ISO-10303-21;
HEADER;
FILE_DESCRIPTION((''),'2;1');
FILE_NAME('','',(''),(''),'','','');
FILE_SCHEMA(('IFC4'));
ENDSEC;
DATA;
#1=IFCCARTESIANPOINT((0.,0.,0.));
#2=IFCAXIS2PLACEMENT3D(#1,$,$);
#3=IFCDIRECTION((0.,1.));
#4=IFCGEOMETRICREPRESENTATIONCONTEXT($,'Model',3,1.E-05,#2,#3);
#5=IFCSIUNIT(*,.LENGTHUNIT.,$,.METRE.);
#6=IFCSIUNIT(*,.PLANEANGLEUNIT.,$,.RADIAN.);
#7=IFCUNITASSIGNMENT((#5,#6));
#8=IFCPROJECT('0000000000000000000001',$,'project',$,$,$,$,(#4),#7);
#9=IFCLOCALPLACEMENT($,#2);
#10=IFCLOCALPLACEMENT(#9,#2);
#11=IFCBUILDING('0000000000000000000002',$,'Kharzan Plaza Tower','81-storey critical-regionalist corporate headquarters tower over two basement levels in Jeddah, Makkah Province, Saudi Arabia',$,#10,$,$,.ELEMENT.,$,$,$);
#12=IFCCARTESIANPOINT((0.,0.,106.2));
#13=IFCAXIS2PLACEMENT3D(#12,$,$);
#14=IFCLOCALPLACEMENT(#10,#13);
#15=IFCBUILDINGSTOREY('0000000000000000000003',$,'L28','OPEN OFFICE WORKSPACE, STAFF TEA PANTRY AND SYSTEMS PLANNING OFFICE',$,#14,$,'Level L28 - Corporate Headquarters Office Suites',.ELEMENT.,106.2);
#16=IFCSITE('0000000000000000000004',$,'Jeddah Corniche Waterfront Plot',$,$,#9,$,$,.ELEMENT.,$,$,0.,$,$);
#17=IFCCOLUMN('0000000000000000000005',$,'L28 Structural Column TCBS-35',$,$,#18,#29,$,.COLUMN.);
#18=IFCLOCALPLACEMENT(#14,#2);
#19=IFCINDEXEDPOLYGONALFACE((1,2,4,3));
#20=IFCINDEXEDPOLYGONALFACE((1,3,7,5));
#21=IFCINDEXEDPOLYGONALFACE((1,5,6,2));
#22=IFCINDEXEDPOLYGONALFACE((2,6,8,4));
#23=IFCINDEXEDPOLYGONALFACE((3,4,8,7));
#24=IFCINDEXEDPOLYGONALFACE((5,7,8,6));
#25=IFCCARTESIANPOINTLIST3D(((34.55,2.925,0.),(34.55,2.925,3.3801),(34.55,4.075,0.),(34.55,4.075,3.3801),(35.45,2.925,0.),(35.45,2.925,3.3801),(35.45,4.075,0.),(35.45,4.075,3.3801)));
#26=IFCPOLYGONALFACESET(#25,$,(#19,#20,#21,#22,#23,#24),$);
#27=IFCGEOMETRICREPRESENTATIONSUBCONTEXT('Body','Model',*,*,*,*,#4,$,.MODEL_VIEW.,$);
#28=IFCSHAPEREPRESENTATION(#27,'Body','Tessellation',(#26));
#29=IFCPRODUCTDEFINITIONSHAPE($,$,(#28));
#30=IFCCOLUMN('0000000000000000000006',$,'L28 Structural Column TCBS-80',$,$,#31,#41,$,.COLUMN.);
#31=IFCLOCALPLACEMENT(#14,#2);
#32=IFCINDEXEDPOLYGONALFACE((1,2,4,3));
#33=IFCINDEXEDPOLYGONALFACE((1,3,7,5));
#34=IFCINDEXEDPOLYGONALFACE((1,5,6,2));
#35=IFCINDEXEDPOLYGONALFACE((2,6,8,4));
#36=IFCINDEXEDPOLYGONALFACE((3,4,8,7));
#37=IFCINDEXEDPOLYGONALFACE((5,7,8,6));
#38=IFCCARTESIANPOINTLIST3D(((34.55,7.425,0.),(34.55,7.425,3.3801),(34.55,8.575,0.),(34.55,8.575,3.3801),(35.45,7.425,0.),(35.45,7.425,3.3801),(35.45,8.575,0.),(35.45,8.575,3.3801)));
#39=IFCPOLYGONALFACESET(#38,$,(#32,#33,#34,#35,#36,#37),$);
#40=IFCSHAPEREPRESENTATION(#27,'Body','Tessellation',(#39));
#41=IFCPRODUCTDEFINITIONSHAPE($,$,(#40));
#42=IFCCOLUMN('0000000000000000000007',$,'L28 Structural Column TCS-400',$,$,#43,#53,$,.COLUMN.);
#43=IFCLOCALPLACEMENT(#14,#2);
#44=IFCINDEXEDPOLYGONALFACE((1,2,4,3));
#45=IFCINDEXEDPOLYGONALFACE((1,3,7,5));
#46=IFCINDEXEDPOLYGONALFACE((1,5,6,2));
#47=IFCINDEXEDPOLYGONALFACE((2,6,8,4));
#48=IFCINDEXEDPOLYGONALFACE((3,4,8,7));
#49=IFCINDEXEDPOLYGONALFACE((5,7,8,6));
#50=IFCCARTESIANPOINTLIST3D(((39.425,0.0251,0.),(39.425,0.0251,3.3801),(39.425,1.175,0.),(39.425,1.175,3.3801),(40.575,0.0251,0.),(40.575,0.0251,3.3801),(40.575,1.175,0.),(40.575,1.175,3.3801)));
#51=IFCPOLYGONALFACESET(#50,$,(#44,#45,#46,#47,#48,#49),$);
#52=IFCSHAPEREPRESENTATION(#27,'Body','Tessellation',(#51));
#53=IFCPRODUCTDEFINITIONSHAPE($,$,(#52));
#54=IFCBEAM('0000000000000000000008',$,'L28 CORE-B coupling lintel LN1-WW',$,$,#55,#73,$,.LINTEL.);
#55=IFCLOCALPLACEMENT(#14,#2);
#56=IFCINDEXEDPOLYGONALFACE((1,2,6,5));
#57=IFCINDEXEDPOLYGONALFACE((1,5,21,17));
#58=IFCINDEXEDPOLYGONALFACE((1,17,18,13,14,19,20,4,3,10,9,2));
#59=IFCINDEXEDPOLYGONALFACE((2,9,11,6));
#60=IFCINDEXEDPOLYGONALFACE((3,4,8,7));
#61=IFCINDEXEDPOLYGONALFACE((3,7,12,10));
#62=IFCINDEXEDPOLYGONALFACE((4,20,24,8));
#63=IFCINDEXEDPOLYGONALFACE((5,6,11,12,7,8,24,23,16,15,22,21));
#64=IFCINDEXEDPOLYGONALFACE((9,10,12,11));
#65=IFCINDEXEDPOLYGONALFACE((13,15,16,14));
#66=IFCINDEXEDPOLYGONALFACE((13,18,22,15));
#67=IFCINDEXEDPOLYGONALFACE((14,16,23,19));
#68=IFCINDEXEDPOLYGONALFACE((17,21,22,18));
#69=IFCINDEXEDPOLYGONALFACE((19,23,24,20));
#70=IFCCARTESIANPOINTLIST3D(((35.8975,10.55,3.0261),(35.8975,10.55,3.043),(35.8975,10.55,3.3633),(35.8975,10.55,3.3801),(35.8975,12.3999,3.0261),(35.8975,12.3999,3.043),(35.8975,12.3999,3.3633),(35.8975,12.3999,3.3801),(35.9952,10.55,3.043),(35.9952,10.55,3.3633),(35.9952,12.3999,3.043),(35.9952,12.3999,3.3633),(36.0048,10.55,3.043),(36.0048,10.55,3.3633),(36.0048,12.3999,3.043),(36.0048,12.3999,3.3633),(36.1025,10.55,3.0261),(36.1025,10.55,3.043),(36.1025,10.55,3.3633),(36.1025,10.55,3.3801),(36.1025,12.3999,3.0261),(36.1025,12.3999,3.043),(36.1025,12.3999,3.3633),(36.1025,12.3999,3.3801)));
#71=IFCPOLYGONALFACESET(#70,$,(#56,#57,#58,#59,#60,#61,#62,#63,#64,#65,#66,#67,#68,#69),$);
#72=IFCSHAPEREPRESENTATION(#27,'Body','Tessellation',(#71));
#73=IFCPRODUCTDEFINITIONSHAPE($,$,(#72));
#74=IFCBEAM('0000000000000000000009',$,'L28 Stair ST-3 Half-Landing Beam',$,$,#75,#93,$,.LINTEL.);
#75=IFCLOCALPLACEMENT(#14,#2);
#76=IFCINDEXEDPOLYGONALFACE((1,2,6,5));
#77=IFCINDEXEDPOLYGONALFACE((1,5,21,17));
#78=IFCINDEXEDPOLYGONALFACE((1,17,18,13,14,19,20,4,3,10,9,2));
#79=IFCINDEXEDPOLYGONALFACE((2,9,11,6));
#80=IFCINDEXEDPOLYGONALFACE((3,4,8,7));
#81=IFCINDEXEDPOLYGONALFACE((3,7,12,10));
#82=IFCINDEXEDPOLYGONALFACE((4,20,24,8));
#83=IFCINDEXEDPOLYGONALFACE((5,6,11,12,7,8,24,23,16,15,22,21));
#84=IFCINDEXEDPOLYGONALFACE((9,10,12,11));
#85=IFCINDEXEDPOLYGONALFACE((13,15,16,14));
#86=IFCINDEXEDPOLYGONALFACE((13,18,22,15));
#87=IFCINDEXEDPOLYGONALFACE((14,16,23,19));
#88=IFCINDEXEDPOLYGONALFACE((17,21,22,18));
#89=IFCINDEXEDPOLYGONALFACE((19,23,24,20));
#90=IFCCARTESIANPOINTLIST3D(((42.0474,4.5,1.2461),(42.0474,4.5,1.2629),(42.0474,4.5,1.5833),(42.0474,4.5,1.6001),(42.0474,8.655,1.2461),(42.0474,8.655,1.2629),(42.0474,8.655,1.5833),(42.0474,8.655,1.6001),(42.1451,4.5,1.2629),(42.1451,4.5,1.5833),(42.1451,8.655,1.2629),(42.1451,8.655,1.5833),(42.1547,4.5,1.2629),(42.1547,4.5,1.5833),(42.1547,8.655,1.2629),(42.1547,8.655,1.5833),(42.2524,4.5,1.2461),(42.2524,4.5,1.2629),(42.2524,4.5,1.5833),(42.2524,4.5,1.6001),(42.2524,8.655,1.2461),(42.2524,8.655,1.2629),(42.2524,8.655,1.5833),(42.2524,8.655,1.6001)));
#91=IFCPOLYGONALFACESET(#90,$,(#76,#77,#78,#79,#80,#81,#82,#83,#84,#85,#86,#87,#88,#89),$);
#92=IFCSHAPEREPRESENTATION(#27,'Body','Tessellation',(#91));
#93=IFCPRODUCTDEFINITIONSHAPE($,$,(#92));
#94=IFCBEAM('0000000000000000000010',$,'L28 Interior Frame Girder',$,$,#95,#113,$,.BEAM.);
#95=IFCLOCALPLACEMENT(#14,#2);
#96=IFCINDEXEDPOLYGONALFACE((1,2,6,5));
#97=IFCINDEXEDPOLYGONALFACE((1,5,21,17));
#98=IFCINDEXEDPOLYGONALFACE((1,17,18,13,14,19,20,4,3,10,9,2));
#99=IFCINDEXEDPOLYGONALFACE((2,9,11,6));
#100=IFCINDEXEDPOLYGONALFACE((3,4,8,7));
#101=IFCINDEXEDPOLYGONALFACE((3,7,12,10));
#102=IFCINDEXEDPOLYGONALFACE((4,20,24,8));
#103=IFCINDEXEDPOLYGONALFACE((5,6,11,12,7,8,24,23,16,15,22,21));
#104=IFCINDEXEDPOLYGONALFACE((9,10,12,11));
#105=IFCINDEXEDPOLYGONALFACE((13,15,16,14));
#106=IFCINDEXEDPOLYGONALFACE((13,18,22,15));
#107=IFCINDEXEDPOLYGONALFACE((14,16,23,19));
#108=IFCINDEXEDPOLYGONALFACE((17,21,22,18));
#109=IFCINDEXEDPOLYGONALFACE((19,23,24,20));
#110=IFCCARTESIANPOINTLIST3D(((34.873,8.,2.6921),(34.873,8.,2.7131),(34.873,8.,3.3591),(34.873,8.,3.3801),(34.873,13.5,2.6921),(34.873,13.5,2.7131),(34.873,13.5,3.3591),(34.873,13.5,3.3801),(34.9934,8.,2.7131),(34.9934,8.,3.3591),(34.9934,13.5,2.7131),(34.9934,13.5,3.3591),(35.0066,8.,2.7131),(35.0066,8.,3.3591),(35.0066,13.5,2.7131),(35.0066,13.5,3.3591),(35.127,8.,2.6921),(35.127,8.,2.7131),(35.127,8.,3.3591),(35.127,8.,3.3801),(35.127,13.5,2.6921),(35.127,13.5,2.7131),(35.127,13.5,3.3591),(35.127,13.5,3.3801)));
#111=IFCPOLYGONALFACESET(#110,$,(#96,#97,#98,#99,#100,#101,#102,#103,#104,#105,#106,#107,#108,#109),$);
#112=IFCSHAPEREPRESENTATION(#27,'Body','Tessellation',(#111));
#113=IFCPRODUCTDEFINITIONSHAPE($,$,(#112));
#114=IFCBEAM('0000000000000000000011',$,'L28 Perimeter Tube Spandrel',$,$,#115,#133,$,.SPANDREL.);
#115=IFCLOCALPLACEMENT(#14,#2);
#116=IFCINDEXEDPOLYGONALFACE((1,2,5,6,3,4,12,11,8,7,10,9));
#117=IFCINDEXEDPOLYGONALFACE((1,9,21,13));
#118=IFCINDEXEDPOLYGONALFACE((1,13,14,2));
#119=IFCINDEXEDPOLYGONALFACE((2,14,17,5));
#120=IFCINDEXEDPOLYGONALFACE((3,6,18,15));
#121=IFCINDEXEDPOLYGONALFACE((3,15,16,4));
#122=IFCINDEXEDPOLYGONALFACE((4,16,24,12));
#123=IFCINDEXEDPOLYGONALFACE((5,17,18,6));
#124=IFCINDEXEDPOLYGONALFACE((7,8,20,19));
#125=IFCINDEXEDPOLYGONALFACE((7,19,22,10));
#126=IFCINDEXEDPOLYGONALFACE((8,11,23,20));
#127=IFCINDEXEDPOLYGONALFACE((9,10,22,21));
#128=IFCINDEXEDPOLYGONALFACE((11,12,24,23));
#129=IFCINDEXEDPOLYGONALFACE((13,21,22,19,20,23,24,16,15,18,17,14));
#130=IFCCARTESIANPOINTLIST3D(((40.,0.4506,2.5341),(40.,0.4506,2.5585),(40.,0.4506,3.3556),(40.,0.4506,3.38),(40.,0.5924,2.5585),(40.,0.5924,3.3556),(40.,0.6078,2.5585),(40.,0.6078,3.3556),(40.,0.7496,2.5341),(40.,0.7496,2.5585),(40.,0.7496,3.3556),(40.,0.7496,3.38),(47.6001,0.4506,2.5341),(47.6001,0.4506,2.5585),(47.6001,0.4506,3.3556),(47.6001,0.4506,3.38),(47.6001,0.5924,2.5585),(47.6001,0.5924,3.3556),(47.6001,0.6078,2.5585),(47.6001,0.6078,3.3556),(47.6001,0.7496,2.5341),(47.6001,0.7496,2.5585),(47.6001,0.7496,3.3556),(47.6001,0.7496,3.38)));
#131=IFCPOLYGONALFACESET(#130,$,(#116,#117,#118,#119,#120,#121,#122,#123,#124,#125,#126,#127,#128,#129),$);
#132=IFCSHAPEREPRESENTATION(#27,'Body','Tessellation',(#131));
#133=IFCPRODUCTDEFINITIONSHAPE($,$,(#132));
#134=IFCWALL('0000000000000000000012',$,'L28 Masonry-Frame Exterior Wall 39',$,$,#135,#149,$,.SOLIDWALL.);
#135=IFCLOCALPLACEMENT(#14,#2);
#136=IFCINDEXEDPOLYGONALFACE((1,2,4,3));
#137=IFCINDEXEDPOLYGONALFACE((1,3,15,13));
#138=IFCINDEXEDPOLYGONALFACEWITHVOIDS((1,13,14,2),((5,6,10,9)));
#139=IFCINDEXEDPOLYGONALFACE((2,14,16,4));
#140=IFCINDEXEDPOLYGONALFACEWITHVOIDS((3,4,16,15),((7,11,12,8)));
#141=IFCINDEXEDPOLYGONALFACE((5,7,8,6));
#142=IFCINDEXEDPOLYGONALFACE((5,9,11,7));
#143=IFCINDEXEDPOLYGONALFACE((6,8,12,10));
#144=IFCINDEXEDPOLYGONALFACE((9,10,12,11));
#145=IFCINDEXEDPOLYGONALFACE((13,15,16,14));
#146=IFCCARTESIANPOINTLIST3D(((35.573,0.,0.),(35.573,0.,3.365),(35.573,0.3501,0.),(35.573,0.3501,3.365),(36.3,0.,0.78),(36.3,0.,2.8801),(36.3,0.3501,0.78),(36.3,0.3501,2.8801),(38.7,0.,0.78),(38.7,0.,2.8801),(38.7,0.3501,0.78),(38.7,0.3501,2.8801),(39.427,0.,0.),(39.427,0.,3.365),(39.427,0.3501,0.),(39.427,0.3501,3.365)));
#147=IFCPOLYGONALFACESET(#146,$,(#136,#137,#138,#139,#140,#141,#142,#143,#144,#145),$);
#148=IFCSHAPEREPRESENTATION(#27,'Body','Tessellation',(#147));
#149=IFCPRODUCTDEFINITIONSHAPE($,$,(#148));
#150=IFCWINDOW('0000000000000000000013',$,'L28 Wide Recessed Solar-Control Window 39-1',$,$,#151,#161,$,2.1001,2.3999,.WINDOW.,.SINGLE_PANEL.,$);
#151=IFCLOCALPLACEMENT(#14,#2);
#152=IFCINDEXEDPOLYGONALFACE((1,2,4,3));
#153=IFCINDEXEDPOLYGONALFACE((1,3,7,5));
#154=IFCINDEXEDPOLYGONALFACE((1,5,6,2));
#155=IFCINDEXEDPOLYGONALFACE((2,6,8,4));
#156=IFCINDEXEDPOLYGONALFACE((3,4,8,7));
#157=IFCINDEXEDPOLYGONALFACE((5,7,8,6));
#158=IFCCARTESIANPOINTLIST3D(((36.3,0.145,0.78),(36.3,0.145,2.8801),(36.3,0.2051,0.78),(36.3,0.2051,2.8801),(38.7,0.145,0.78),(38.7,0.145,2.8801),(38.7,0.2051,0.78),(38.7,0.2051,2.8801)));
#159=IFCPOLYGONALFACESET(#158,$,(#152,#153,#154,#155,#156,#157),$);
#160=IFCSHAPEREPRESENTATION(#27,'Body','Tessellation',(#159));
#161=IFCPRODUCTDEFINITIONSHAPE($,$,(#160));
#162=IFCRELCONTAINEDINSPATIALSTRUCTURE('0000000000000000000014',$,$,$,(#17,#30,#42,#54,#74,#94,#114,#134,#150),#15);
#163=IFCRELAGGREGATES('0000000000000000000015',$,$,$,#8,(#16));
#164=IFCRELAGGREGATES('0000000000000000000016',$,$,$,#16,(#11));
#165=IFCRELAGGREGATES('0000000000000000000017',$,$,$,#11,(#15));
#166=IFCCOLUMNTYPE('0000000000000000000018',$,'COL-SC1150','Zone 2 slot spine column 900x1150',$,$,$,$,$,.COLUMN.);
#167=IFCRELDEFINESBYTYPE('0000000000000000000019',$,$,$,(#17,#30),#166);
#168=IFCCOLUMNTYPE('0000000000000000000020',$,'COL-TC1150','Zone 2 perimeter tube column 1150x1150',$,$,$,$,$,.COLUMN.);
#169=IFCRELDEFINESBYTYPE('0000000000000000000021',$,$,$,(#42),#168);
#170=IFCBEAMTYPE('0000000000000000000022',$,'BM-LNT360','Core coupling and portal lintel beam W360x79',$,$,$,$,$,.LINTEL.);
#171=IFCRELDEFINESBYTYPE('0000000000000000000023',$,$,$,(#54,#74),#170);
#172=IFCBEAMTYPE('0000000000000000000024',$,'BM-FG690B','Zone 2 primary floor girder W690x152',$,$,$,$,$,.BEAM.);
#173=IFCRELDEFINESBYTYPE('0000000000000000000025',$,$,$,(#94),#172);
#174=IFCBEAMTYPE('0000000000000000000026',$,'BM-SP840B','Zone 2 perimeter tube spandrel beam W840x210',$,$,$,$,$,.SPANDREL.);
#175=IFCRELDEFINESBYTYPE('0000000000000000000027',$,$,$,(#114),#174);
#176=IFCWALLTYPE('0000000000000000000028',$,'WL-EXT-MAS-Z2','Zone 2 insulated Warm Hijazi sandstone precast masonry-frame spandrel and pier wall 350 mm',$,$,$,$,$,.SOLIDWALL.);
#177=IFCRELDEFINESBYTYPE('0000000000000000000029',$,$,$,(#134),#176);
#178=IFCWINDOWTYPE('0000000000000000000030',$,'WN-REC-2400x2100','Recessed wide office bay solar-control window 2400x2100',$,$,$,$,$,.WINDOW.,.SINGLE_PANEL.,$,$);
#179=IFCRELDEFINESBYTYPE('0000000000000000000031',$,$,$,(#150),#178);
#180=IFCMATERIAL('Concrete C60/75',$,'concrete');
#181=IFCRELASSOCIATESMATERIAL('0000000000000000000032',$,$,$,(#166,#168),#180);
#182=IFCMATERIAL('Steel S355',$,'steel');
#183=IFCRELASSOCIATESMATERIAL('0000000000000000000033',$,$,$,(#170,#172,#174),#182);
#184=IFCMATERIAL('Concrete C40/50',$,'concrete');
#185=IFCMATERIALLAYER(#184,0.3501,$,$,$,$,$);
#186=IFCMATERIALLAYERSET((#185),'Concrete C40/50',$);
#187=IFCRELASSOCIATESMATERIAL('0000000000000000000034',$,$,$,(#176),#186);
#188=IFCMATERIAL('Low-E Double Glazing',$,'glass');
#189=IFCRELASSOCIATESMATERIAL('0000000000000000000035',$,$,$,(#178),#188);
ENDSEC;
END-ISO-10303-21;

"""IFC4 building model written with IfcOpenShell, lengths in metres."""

from ifc_helpers import new_model, si_unit, direction, frame, frame_2d, origin, origin_2d, place, context, subcontext, project, spatial, rectangle, i_section, extrude, source, transform, mapped, material, layer, layer_set, material_profile, profile_set, type_object, element, fill, save


model = new_model("IFC4")

# Units and contexts
model_context = context("Model", 3, precision=1e-05, world=origin(), true_north=direction((0.0, 1.0)))
body_context = subcontext(model_context, "Body", "Model", "MODEL_VIEW")
ifc_project = project(units=[si_unit("LENGTHUNIT", "METRE"), si_unit("PLANEANGLEUNIT", "RADIAN")], contexts=[model_context])

# Site, building, storey
site_placement = place(None, origin())
site = spatial("IfcSite", under=ifc_project, at=site_placement, Name="Jeddah Corniche Waterfront Plot", CompositionType="ELEMENT", RefElevation=0.0)
building_placement = place(site_placement, origin())
building = spatial("IfcBuilding", under=site, at=building_placement, Name="Kharzan Plaza Tower", Description="81-storey critical-regionalist corporate headquarters tower over two basement levels in Jeddah, Makkah Province, Saudi Arabia", CompositionType="ELEMENT")
storey_placement = place(building_placement, frame((0.0, 0.0, 106.2)))
storey = spatial("IfcBuildingStorey", under=building, at=storey_placement, Name="L28", Description="OPEN OFFICE WORKSPACE, STAFF TEA PANTRY AND SYSTEMS PLANNING OFFICE", LongName="Level L28 - Corporate Headquarters Office Suites", CompositionType="ELEMENT", Elevation=106.2)

# Columns
ifc_material_1 = material(Name="Concrete C60/75", Category="concrete")
ifc_material_profile_1 = material_profile(ifc_material_1, rectangle(XDim=0.8999, YDim=1.1499, at=origin_2d()), Name="RC-SC1150x900")
ifc_profile_set_1 = profile_set([ifc_material_profile_1], Name="Concrete C60/75")
column_type_1 = type_object("IfcColumnType", Name="COL-SC1150", Description="Zone 2 slot spine column 900x1150", PredefinedType="COLUMN", material=ifc_profile_set_1)
shared_shape_1 = source(origin(), body_context, "Body", "SweptSolid", [
    extrude(rectangle(XDim=0.8999, YDim=1.1499, at=origin_2d()), origin(), (0.0, 0.0, 1.0), 3.3801),
])
for number, where, z_axis, x_axis, name in (
    (1, (35.0, 3.5, 0.0), (0.0, 0.0, 1.0), (1.0, 0.0, 0.0), "L28 Structural Column TCBS-35"),
    (2, (35.0, 8.0, 0.0), (0.0, 0.0, 1.0), (1.0, 0.0, 0.0), "L28 Structural Column TCBS-80"),
):
    element("IfcColumn", number, at=place(storey_placement, frame(where, z_axis=z_axis, x_axis=x_axis)), inside=storey, type_object=column_type_1, Name=name, PredefinedType="COLUMN", context=body_context, shape_type="MappedRepresentation", body=[
        mapped(shared_shape_1, transform((0.0, 0.0, 0.0), x_axis=(1.0, 0.0, 0.0), y_axis=(0.0, 1.0, 0.0), z_axis=(0.0, 0.0, 1.0))),
    ])
ifc_material_profile_2 = material_profile(ifc_material_1, rectangle(XDim=1.1499, YDim=1.1499, at=origin_2d()), Name="RC-TC1150x1150")
ifc_profile_set_2 = profile_set([ifc_material_profile_2], Name="Concrete C60/75")
column_type_2 = type_object("IfcColumnType", Name="COL-TC1150", Description="Zone 2 perimeter tube column 1150x1150", PredefinedType="COLUMN", material=ifc_profile_set_2)
shared_shape_2 = source(origin(), body_context, "Body", "SweptSolid", [
    extrude(rectangle(XDim=1.1499, YDim=1.1499, at=origin_2d()), origin(), (0.0, 0.0, 1.0), 3.3801),
])
column_placement = place(storey_placement, frame((40.0, 0.6001, 0.0), z_axis=(0.0, 0.0, 1.0), x_axis=(1.0, 0.0, 0.0)))
element("IfcColumn", 3, at=column_placement, inside=storey, type_object=column_type_2, Name="L28 Structural Column TCS-400", PredefinedType="COLUMN", context=body_context, shape_type="MappedRepresentation", body=[
    mapped(shared_shape_2, transform((0.0, 0.0, 0.0), x_axis=(1.0, 0.0, 0.0), y_axis=(0.0, 1.0, 0.0), z_axis=(0.0, 0.0, 1.0))),
])

# Beams
ifc_material_2 = material(Name="Steel S355", Category="steel")
ifc_material_profile_3 = material_profile(ifc_material_2, i_section(OverallWidth=0.2051, OverallDepth=0.354, WebThickness=0.0095, FlangeThickness=0.0168, at=origin_2d()), Name="W360x79")
ifc_profile_set_3 = profile_set([ifc_material_profile_3], Name="Steel S355")
beam_type_1 = type_object("IfcBeamType", Name="BM-LNT360", Description="Core coupling and portal lintel beam W360x79", PredefinedType="LINTEL", material=ifc_profile_set_3)
shared_shape_3 = source(origin(), body_context, "Body", "SweptSolid", [
    extrude(i_section(OverallWidth=0.2051, OverallDepth=0.354, WebThickness=0.0095, FlangeThickness=0.0168, at=origin_2d()), origin(), (0.0, 0.0, 1.0), 1.8499),
])
beam_1_placement = place(storey_placement, frame((36.0, 10.55, 3.2031), z_axis=(0.0, 1.0, 0.0), x_axis=(-1.0, 0.0, 0.0)))
element("IfcBeam", 4, at=beam_1_placement, inside=storey, type_object=beam_type_1, Name="L28 CORE-B coupling lintel LN1-WW", PredefinedType="LINTEL", context=body_context, shape_type="MappedRepresentation", body=[
    mapped(shared_shape_3, transform((0.0, 0.0, 0.0), x_axis=(1.0, 0.0, 0.0), y_axis=(0.0, 1.0, 0.0), z_axis=(0.0, 0.0, 1.0))),
])
shared_shape_4 = source(origin(), body_context, "Body", "SweptSolid", [
    extrude(i_section(OverallWidth=0.2051, OverallDepth=0.354, WebThickness=0.0095, FlangeThickness=0.0168, at=origin_2d()), origin(), (0.0, 0.0, 1.0), 4.155),
])
beam_2_placement = place(storey_placement, frame((42.1499, 4.5, 1.4231), z_axis=(0.0, 1.0, 0.0), x_axis=(-1.0, 0.0, 0.0)))
element("IfcBeam", 5, at=beam_2_placement, inside=storey, type_object=beam_type_1, Name="L28 Stair ST-3 Half-Landing Beam", PredefinedType="LINTEL", context=body_context, shape_type="MappedRepresentation", body=[
    mapped(shared_shape_4, transform((0.0, 0.0, 0.0), x_axis=(1.0, 0.0, 0.0), y_axis=(0.0, 1.0, 0.0), z_axis=(0.0, 0.0, 1.0))),
])
ifc_material_profile_4 = material_profile(ifc_material_2, i_section(OverallWidth=0.2539, OverallDepth=0.688, WebThickness=0.0132, FlangeThickness=0.021, at=origin_2d()), Name="W690x152")
ifc_profile_set_4 = profile_set([ifc_material_profile_4], Name="Steel S355")
beam_type_2 = type_object("IfcBeamType", Name="BM-FG690B", Description="Zone 2 primary floor girder W690x152", PredefinedType="BEAM", material=ifc_profile_set_4)
shared_shape_5 = source(origin(), body_context, "Body", "SweptSolid", [
    extrude(i_section(OverallWidth=0.2539, OverallDepth=0.688, WebThickness=0.0132, FlangeThickness=0.021, at=origin_2d()), origin(), (0.0, 0.0, 1.0), 5.5),
])
beam_3_placement = place(storey_placement, frame((35.0, 8.0, 3.0361), z_axis=(0.0, 1.0, 0.0), x_axis=(-1.0, 0.0, 0.0)))
element("IfcBeam", 6, at=beam_3_placement, inside=storey, type_object=beam_type_2, Name="L28 Interior Frame Girder", PredefinedType="BEAM", context=body_context, shape_type="MappedRepresentation", body=[
    mapped(shared_shape_5, transform((0.0, 0.0, 0.0), x_axis=(1.0, 0.0, 0.0), y_axis=(0.0, 1.0, 0.0), z_axis=(0.0, 0.0, 1.0))),
])
ifc_material_profile_5 = material_profile(ifc_material_2, i_section(OverallWidth=0.2991, OverallDepth=0.8459, WebThickness=0.0154, FlangeThickness=0.0244, at=origin_2d()), Name="W840x210")
ifc_profile_set_5 = profile_set([ifc_material_profile_5], Name="Steel S355")
beam_type_3 = type_object("IfcBeamType", Name="BM-SP840B", Description="Zone 2 perimeter tube spandrel beam W840x210", PredefinedType="SPANDREL", material=ifc_profile_set_5)
shared_shape_6 = source(origin(), body_context, "Body", "SweptSolid", [
    extrude(i_section(OverallWidth=0.2991, OverallDepth=0.8459, WebThickness=0.0154, FlangeThickness=0.0244, at=origin_2d()), origin(), (0.0, 0.0, 1.0), 7.6001),
])
beam_4_placement = place(storey_placement, frame((40.0, 0.6001, 2.957), z_axis=(1.0, 0.0, 0.0), x_axis=(0.0, 1.0, 0.0)))
element("IfcBeam", 7, at=beam_4_placement, inside=storey, type_object=beam_type_3, Name="L28 Perimeter Tube Spandrel", PredefinedType="SPANDREL", context=body_context, shape_type="MappedRepresentation", body=[
    mapped(shared_shape_6, transform((0.0, 0.0, 0.0), x_axis=(1.0, 0.0, 0.0), y_axis=(0.0, 1.0, 0.0), z_axis=(0.0, 0.0, 1.0))),
])

# Wall, opening, window
ifc_material_3 = material(Name="Concrete C40/50", Category="concrete")
ifc_layer_1 = layer(ifc_material_3, 0.3501)
ifc_layer_set_1 = layer_set([ifc_layer_1], Name="Concrete C40/50")
wall_type_1 = type_object("IfcWallType", Name="WL-EXT-MAS-Z2", Description="Zone 2 insulated Warm Hijazi sandstone precast masonry-frame spandrel and pier wall 350 mm", PredefinedType="SOLIDWALL", material=ifc_layer_set_1)
wall_1_placement = place(storey_placement, frame((35.573, 0.175, 0.0), z_axis=(0.0, 0.0, 1.0), x_axis=(1.0, 0.0, 0.0)))
wall_1 = element("IfcWall", 8, at=wall_1_placement, inside=storey, type_object=wall_type_1, Name="L28 Masonry-Frame Exterior Wall 39", PredefinedType="SOLIDWALL", context=body_context, shape_type="SweptSolid", body=[
    extrude(rectangle(XDim=3.854, YDim=0.3501, at=frame_2d((1.927, 0.0))), origin(), (0.0, 0.0, 1.0), 3.365),
])
opening_1_placement = place(wall_1_placement, frame((0.7271, 0.0, 0.78)))
opening_1 = element("IfcOpeningElement", 9, at=opening_1_placement, cuts=wall_1, PredefinedType="OPENING", context=body_context, shape_type="SweptSolid", body=[
    extrude(rectangle(XDim=2.3999, YDim=2.1001, at=frame_2d((1.2, 1.05))), frame((0.0, 0.1851, 0.0), z_axis=(0.0, -1.0, 0.0), x_axis=(1.0, 0.0, 0.0)), (0.0, 0.0, 1.0), 0.3701),
])
ifc_material_4 = material(Name="Low-E Double Glazing", Category="glass")
window_type_1 = type_object("IfcWindowType", Name="WN-REC-2400x2100", Description="Recessed wide office bay solar-control window 2400x2100", PartitioningType="SINGLE_PANEL", PredefinedType="WINDOW", material=ifc_material_4)
shared_shape_7 = source(origin(), body_context, "Body", "SweptSolid", [
    extrude(rectangle(XDim=2.3999, YDim=2.1001, at=frame_2d((1.2, 1.05))), frame((0.0, 0.03, 0.0), z_axis=(0.0, -1.0, 0.0), x_axis=(1.0, 0.0, 0.0)), (0.0, 0.0, 1.0), 0.0601),
])
window_1_placement = place(opening_1_placement, origin())
window_1 = element("IfcWindow", 10, at=window_1_placement, inside=storey, type_object=window_type_1, Name="L28 Wide Recessed Solar-Control Window 39-1", OverallHeight=2.1001, OverallWidth=2.3999, PartitioningType="SINGLE_PANEL", PredefinedType="WINDOW", context=body_context, shape_type="MappedRepresentation", body=[
    mapped(shared_shape_7, transform((0.0, 0.0, 0.0), x_axis=(1.0, 0.0, 0.0), y_axis=(0.0, 1.0, 0.0), z_axis=(0.0, 0.0, 1.0))),
])
fill(opening_1, window_1)

save(model, "model.ifc")
